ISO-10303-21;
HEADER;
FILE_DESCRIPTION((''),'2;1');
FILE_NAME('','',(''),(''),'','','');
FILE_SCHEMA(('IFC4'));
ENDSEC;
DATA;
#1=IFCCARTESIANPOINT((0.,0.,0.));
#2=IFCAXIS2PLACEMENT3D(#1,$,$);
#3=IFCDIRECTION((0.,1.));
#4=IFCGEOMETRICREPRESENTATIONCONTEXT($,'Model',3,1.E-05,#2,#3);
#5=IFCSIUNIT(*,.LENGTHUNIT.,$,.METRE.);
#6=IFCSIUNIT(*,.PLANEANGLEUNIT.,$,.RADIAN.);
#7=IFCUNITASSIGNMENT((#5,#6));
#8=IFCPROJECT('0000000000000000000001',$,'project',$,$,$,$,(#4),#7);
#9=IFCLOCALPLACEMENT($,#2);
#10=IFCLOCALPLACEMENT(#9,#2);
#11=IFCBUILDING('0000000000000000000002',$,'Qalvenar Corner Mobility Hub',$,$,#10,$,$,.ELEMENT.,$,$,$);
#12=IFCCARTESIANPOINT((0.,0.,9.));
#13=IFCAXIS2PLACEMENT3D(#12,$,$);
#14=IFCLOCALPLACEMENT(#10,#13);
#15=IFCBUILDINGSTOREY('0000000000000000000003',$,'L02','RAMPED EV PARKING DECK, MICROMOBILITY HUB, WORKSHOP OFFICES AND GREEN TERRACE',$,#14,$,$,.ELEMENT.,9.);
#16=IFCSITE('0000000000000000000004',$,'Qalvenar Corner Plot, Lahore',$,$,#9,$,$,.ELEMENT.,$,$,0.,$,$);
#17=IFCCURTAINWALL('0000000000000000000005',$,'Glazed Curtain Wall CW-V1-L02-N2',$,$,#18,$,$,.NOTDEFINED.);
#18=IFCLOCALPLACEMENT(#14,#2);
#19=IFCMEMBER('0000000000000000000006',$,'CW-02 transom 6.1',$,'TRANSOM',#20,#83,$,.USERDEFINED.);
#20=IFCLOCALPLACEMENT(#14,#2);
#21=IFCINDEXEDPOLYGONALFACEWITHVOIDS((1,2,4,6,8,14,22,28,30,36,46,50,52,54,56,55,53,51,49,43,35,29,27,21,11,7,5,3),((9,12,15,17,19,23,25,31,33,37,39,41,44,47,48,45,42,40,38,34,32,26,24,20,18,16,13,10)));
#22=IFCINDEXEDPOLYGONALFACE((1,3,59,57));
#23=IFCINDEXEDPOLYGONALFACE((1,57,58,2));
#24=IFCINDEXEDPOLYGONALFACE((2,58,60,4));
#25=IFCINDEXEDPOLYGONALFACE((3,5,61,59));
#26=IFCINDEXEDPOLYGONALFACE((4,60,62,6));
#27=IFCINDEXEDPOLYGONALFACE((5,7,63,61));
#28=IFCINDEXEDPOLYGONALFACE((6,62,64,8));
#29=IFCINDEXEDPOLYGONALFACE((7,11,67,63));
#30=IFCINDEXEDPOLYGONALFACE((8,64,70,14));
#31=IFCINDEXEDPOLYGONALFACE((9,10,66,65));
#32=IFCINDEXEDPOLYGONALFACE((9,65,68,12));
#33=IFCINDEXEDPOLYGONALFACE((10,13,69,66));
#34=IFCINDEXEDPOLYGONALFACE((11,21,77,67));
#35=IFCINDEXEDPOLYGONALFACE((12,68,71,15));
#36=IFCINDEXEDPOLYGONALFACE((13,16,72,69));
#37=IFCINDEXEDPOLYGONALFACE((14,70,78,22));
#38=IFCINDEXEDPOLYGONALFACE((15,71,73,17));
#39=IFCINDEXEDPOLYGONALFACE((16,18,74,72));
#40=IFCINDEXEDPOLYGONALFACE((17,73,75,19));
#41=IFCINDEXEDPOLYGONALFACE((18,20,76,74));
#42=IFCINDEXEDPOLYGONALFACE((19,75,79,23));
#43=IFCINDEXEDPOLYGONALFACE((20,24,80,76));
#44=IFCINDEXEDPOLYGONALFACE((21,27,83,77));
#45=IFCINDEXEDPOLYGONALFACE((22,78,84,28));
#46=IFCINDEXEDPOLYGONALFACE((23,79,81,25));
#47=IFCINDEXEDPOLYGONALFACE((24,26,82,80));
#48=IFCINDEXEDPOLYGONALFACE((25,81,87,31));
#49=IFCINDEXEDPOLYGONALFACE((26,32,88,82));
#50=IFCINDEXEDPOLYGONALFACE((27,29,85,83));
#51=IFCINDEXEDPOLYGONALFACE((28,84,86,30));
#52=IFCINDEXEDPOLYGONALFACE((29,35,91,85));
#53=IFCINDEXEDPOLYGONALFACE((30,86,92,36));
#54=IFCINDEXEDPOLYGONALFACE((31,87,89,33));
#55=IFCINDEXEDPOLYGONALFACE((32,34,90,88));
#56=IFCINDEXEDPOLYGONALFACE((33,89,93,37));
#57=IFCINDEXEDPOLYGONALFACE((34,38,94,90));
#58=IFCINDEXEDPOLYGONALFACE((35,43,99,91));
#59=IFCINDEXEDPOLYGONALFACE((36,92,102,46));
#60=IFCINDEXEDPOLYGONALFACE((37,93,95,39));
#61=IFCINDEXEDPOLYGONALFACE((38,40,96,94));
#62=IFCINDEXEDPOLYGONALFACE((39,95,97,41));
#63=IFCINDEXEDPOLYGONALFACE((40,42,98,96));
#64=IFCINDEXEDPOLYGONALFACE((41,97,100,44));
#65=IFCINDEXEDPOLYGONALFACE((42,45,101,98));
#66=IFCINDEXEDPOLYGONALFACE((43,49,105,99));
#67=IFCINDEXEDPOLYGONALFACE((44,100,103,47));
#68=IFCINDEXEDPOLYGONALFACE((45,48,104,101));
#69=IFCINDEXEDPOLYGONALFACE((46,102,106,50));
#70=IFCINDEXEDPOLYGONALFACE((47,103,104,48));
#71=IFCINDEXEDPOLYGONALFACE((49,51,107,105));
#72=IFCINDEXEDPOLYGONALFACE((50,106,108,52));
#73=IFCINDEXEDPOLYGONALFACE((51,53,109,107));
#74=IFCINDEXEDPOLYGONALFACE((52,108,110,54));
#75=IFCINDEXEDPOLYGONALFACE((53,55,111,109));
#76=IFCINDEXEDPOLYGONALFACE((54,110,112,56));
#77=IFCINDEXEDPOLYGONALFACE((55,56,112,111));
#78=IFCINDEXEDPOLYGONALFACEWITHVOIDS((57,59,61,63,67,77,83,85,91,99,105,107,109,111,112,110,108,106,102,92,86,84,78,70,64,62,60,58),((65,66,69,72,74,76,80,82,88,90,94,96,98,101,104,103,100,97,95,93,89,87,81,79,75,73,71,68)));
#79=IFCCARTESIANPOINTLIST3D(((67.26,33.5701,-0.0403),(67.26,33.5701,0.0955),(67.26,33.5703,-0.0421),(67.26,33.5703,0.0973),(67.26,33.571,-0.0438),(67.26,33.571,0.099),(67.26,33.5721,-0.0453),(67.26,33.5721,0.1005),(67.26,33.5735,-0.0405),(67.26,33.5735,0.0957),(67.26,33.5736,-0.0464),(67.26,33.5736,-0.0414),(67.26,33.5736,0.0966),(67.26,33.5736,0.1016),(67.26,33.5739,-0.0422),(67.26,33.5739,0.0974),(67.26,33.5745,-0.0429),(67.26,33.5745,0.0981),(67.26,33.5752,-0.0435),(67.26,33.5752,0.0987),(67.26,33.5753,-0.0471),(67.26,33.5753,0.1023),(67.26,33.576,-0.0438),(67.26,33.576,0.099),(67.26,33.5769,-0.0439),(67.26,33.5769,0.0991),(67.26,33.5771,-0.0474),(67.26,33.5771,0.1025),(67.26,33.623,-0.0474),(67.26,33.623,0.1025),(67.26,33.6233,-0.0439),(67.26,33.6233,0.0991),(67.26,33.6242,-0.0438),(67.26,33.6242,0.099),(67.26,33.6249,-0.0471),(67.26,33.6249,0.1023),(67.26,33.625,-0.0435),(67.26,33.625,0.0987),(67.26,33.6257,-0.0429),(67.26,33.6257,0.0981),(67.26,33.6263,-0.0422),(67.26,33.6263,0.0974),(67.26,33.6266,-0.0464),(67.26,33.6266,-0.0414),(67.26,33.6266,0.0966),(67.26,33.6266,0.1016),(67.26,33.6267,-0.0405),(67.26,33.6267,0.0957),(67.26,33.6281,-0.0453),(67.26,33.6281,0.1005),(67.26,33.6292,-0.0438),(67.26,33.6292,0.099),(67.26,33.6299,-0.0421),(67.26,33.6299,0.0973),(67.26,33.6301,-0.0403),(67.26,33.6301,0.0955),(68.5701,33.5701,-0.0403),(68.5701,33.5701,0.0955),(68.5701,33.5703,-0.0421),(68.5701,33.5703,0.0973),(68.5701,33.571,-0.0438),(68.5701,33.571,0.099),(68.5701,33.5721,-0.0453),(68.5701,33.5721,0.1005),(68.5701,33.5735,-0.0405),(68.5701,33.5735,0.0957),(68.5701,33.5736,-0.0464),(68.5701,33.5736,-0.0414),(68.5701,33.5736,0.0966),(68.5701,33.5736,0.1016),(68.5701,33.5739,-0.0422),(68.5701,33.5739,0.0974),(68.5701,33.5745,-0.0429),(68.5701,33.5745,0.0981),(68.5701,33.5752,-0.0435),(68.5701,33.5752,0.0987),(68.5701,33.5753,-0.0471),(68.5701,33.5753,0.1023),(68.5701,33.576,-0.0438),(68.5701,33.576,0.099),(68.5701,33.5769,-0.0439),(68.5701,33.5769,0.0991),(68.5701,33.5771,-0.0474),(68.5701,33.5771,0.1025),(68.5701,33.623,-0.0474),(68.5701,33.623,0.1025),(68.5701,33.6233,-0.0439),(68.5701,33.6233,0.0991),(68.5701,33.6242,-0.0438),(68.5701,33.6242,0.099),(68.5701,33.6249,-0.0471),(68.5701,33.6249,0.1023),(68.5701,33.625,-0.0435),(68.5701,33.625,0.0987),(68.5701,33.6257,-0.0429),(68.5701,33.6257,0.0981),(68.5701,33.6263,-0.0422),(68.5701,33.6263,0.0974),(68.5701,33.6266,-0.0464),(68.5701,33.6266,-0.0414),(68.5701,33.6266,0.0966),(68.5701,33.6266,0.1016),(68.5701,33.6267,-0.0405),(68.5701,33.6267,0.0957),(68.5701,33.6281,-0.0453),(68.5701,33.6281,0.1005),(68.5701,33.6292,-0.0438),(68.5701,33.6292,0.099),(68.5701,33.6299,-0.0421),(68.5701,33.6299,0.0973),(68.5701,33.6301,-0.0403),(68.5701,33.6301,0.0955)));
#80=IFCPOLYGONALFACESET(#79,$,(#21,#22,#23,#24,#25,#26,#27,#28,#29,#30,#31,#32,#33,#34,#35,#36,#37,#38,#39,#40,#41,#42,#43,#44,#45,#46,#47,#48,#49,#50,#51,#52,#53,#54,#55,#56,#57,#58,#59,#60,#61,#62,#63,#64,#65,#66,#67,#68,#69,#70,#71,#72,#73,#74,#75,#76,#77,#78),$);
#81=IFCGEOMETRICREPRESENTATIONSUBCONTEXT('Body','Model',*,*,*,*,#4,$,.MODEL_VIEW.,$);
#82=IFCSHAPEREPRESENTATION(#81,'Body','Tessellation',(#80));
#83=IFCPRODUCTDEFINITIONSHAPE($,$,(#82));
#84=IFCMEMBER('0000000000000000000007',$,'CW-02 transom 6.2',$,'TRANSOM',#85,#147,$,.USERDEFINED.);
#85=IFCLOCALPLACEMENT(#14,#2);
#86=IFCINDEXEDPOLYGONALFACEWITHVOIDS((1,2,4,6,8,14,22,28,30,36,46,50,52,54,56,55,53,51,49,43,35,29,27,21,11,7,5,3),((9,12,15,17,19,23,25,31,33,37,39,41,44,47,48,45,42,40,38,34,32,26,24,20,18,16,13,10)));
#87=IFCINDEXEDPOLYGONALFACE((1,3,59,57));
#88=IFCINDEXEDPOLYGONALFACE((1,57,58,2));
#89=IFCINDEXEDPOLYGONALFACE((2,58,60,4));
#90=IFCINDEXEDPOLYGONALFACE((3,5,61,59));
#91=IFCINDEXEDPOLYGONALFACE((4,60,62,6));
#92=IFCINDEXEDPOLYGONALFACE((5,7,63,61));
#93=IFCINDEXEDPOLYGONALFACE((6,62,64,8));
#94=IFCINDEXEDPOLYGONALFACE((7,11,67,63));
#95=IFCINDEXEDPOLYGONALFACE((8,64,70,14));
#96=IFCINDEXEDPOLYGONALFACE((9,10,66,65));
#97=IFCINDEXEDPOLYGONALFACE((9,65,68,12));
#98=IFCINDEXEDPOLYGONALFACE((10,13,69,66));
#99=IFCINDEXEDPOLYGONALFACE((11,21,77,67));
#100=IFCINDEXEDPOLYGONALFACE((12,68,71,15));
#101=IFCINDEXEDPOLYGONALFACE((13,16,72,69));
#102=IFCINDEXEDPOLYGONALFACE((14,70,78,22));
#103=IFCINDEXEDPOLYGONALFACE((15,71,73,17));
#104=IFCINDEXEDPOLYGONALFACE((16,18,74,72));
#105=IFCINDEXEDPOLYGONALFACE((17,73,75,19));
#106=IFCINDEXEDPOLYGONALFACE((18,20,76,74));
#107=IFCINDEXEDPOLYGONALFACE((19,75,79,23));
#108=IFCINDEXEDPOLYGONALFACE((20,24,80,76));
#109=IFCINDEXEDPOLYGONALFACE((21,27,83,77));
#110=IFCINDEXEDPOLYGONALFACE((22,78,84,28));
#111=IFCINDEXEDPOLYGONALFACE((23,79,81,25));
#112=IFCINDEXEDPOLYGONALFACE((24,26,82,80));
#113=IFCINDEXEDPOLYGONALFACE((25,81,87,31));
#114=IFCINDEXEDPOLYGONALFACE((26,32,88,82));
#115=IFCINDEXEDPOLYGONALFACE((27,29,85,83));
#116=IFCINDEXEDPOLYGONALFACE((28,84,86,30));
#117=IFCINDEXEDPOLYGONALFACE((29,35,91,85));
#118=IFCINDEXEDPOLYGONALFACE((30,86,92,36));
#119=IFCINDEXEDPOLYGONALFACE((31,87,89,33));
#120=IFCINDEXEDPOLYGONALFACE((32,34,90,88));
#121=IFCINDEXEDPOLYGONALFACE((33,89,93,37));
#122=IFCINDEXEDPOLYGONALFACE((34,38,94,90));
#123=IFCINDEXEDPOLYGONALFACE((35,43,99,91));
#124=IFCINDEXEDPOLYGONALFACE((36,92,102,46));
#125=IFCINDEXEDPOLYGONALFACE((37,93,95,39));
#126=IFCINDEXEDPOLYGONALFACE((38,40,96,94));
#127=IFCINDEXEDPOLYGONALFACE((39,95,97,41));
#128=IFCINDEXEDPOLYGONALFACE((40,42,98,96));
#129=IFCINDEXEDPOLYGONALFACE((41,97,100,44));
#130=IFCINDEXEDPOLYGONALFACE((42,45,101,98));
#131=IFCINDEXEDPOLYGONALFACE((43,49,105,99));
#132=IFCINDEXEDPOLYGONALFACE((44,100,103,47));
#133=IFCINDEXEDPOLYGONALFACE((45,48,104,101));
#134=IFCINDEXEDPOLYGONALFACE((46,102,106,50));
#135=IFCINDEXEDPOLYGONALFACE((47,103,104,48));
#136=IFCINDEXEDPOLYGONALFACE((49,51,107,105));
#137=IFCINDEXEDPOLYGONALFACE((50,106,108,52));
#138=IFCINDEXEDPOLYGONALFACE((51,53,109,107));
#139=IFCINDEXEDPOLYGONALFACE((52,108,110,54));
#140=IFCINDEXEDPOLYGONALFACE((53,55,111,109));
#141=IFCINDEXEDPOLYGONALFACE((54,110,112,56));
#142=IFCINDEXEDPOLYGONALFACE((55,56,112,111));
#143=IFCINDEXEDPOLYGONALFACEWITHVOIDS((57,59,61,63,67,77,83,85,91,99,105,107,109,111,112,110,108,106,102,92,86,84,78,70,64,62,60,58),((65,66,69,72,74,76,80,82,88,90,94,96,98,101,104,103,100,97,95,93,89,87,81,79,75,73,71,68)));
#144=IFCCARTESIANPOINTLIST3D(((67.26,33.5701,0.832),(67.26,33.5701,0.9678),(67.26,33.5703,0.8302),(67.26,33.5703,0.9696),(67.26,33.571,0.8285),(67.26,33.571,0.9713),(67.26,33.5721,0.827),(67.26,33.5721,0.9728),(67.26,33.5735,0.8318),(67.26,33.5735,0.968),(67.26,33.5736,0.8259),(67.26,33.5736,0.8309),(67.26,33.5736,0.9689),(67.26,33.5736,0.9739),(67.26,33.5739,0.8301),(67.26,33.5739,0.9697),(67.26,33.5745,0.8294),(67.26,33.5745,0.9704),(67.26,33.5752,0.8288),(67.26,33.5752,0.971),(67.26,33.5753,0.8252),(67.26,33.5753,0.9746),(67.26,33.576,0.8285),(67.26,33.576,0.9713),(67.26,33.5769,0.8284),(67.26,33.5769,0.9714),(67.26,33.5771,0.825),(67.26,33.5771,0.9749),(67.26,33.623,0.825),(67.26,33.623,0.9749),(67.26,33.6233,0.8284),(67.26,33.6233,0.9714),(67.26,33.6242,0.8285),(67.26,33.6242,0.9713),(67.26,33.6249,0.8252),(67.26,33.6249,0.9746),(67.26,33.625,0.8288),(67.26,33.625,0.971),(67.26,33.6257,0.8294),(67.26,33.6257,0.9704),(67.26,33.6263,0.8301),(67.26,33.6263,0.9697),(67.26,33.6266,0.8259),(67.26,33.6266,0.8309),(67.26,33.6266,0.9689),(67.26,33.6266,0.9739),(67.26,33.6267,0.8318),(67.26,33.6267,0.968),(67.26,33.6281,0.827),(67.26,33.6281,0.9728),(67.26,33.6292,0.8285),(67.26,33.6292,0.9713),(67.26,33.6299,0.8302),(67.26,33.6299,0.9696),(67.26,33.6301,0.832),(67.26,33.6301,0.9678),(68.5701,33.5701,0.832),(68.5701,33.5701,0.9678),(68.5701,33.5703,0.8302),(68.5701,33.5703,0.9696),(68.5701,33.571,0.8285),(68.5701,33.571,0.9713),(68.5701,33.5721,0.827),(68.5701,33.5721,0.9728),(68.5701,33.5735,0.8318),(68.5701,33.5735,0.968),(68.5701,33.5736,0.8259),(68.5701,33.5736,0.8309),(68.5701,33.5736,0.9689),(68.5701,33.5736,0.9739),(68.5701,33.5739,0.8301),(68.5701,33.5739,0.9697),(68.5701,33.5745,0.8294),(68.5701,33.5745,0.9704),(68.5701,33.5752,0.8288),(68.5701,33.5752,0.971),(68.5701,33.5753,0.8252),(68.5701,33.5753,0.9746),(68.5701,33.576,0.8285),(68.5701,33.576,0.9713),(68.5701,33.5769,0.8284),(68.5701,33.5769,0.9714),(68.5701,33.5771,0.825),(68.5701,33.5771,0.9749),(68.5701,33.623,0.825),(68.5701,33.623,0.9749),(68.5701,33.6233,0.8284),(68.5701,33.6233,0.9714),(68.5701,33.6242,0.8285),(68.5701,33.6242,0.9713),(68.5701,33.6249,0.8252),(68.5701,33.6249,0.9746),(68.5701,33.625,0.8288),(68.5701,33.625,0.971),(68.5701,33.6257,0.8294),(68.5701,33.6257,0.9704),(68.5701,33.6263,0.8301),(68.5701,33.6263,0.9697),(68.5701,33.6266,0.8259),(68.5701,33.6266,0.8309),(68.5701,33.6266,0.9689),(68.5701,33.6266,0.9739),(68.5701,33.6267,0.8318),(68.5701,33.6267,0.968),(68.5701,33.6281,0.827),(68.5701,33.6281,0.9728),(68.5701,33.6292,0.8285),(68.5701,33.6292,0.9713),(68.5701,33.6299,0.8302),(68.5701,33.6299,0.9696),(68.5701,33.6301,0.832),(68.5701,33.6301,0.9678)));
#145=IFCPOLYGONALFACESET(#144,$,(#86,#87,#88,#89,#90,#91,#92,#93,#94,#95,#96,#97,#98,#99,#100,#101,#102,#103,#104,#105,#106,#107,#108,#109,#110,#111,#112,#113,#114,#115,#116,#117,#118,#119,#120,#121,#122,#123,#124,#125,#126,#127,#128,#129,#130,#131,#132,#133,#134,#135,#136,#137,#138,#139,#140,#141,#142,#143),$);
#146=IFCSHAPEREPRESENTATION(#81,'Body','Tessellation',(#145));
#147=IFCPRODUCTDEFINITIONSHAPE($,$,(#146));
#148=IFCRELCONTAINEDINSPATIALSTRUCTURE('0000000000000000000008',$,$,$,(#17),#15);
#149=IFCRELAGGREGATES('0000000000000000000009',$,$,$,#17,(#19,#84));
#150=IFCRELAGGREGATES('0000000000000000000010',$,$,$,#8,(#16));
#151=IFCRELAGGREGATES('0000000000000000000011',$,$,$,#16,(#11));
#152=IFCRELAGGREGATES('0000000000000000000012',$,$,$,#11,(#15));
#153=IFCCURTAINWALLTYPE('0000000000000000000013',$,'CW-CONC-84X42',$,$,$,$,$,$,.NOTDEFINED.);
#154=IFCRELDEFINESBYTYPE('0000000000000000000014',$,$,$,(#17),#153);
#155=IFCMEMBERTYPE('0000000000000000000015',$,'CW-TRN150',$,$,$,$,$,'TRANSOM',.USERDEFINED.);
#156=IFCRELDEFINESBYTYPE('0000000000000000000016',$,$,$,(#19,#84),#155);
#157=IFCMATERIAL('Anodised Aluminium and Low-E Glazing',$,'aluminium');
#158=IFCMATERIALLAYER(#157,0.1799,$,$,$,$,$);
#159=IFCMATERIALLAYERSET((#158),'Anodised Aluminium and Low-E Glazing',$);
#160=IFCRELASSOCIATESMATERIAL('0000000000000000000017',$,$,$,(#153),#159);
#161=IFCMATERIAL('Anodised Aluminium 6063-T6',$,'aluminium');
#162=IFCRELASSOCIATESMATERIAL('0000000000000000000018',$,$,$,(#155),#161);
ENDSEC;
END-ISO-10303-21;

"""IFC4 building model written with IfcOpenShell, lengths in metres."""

from ifc_helpers import new_model, si_unit, direction, frame, origin, origin_2d, place, context, subcontext, project, spatial, hollow_rectangle, extrude, material, layer, layer_set, material_profile, profile_set, type_object, element, aggregate, save


model = new_model("IFC4")

# Units and contexts
model_context = context("Model", 3, precision=1e-05, world=origin(), true_north=direction((0.0, 1.0)))
body_context = subcontext(model_context, "Body", "Model", "MODEL_VIEW")
ifc_project = project(units=[si_unit("LENGTHUNIT", "METRE"), si_unit("PLANEANGLEUNIT", "RADIAN")], contexts=[model_context])

# Site, building, storey
site_placement = place(None, origin())
site = spatial("IfcSite", under=ifc_project, at=site_placement, Name="Qalvenar Corner Plot, Lahore", CompositionType="ELEMENT", RefElevation=0.0)
building_placement = place(site_placement, origin())
building = spatial("IfcBuilding", under=site, at=building_placement, Name="Qalvenar Corner Mobility Hub", CompositionType="ELEMENT")
storey_placement = place(building_placement, frame((0.0, 0.0, 9.0)))
storey = spatial("IfcBuildingStorey", under=building, at=storey_placement, Name="L02", Description="RAMPED EV PARKING DECK, MICROMOBILITY HUB, WORKSHOP OFFICES AND GREEN TERRACE", CompositionType="ELEMENT", Elevation=9.0)

# Shared definitions
ifc_material_1 = material(Name="Anodised Aluminium and Low-E Glazing", Category="aluminium")
ifc_layer_1 = layer(ifc_material_1, 0.1799)
ifc_layer_set_1 = layer_set([ifc_layer_1], Name="Anodised Aluminium and Low-E Glazing")
curtain_wall_type = type_object("IfcCurtainWallType", Name="CW-CONC-84X42", PredefinedType="NOTDEFINED", material=ifc_layer_set_1)
ifc_material_2 = material(Name="Anodised Aluminium 6063-T6", Category="aluminium")

# Curtain wall
curtain_wall_1_placement = place(storey_placement, origin())
curtain_wall_1 = element("IfcCurtainWall", 1, at=curtain_wall_1_placement, inside=storey, type_object=curtain_wall_type, Name="Glazed Curtain Wall CW-V1-L02-N2", PredefinedType="NOTDEFINED")

# Members
ifc_material_profile_1 = material_profile(ifc_material_2, hollow_rectangle(XDim=0.0601, YDim=0.1499, WallThickness=0.0034, InnerFilletRadius=0.0034, OuterFilletRadius=0.0071, at=origin_2d()), Name="RHS150x60x3.5")
ifc_profile_set_1 = profile_set([ifc_material_profile_1], Name="Anodised Aluminium 6063-T6")
member_type_1 = type_object("IfcMemberType", Name="CW-TRN150", ElementType="TRANSOM", PredefinedType="USERDEFINED", material=ifc_profile_set_1)
member_1_placement = place(storey_placement, frame((68.5701, 33.6001, 0.0276), z_axis=(-1.0, 0.0, 0.0), x_axis=(0.0, -1.0, 0.0)))
member_1 = element("IfcMember", 2, at=member_1_placement, type_object=member_type_1, Name="CW-02 transom 6.1", ObjectType="TRANSOM", PredefinedType="USERDEFINED", context=body_context, shape_type="SweptSolid", body=[
    extrude(hollow_rectangle(XDim=0.0601, YDim=0.1499, WallThickness=0.0034, InnerFilletRadius=0.0034, OuterFilletRadius=0.0071, at=origin_2d()), origin(), (0.0, 0.0, 1.0), 1.3101),
])
member_2_placement = place(storey_placement, frame((68.5701, 33.6001, 0.8999), z_axis=(-1.0, 0.0, 0.0), x_axis=(0.0, -1.0, 0.0)))
member_2 = element("IfcMember", 3, at=member_2_placement, type_object=member_type_1, Name="CW-02 transom 6.2", ObjectType="TRANSOM", PredefinedType="USERDEFINED", context=body_context, shape_type="SweptSolid", body=[
    extrude(hollow_rectangle(XDim=0.0601, YDim=0.1499, WallThickness=0.0034, InnerFilletRadius=0.0034, OuterFilletRadius=0.0071, at=origin_2d()), origin(), (0.0, 0.0, 1.0), 1.3101),
])

aggregate(curtain_wall_1, [member_1, member_2])

save(model, "model.ifc")
